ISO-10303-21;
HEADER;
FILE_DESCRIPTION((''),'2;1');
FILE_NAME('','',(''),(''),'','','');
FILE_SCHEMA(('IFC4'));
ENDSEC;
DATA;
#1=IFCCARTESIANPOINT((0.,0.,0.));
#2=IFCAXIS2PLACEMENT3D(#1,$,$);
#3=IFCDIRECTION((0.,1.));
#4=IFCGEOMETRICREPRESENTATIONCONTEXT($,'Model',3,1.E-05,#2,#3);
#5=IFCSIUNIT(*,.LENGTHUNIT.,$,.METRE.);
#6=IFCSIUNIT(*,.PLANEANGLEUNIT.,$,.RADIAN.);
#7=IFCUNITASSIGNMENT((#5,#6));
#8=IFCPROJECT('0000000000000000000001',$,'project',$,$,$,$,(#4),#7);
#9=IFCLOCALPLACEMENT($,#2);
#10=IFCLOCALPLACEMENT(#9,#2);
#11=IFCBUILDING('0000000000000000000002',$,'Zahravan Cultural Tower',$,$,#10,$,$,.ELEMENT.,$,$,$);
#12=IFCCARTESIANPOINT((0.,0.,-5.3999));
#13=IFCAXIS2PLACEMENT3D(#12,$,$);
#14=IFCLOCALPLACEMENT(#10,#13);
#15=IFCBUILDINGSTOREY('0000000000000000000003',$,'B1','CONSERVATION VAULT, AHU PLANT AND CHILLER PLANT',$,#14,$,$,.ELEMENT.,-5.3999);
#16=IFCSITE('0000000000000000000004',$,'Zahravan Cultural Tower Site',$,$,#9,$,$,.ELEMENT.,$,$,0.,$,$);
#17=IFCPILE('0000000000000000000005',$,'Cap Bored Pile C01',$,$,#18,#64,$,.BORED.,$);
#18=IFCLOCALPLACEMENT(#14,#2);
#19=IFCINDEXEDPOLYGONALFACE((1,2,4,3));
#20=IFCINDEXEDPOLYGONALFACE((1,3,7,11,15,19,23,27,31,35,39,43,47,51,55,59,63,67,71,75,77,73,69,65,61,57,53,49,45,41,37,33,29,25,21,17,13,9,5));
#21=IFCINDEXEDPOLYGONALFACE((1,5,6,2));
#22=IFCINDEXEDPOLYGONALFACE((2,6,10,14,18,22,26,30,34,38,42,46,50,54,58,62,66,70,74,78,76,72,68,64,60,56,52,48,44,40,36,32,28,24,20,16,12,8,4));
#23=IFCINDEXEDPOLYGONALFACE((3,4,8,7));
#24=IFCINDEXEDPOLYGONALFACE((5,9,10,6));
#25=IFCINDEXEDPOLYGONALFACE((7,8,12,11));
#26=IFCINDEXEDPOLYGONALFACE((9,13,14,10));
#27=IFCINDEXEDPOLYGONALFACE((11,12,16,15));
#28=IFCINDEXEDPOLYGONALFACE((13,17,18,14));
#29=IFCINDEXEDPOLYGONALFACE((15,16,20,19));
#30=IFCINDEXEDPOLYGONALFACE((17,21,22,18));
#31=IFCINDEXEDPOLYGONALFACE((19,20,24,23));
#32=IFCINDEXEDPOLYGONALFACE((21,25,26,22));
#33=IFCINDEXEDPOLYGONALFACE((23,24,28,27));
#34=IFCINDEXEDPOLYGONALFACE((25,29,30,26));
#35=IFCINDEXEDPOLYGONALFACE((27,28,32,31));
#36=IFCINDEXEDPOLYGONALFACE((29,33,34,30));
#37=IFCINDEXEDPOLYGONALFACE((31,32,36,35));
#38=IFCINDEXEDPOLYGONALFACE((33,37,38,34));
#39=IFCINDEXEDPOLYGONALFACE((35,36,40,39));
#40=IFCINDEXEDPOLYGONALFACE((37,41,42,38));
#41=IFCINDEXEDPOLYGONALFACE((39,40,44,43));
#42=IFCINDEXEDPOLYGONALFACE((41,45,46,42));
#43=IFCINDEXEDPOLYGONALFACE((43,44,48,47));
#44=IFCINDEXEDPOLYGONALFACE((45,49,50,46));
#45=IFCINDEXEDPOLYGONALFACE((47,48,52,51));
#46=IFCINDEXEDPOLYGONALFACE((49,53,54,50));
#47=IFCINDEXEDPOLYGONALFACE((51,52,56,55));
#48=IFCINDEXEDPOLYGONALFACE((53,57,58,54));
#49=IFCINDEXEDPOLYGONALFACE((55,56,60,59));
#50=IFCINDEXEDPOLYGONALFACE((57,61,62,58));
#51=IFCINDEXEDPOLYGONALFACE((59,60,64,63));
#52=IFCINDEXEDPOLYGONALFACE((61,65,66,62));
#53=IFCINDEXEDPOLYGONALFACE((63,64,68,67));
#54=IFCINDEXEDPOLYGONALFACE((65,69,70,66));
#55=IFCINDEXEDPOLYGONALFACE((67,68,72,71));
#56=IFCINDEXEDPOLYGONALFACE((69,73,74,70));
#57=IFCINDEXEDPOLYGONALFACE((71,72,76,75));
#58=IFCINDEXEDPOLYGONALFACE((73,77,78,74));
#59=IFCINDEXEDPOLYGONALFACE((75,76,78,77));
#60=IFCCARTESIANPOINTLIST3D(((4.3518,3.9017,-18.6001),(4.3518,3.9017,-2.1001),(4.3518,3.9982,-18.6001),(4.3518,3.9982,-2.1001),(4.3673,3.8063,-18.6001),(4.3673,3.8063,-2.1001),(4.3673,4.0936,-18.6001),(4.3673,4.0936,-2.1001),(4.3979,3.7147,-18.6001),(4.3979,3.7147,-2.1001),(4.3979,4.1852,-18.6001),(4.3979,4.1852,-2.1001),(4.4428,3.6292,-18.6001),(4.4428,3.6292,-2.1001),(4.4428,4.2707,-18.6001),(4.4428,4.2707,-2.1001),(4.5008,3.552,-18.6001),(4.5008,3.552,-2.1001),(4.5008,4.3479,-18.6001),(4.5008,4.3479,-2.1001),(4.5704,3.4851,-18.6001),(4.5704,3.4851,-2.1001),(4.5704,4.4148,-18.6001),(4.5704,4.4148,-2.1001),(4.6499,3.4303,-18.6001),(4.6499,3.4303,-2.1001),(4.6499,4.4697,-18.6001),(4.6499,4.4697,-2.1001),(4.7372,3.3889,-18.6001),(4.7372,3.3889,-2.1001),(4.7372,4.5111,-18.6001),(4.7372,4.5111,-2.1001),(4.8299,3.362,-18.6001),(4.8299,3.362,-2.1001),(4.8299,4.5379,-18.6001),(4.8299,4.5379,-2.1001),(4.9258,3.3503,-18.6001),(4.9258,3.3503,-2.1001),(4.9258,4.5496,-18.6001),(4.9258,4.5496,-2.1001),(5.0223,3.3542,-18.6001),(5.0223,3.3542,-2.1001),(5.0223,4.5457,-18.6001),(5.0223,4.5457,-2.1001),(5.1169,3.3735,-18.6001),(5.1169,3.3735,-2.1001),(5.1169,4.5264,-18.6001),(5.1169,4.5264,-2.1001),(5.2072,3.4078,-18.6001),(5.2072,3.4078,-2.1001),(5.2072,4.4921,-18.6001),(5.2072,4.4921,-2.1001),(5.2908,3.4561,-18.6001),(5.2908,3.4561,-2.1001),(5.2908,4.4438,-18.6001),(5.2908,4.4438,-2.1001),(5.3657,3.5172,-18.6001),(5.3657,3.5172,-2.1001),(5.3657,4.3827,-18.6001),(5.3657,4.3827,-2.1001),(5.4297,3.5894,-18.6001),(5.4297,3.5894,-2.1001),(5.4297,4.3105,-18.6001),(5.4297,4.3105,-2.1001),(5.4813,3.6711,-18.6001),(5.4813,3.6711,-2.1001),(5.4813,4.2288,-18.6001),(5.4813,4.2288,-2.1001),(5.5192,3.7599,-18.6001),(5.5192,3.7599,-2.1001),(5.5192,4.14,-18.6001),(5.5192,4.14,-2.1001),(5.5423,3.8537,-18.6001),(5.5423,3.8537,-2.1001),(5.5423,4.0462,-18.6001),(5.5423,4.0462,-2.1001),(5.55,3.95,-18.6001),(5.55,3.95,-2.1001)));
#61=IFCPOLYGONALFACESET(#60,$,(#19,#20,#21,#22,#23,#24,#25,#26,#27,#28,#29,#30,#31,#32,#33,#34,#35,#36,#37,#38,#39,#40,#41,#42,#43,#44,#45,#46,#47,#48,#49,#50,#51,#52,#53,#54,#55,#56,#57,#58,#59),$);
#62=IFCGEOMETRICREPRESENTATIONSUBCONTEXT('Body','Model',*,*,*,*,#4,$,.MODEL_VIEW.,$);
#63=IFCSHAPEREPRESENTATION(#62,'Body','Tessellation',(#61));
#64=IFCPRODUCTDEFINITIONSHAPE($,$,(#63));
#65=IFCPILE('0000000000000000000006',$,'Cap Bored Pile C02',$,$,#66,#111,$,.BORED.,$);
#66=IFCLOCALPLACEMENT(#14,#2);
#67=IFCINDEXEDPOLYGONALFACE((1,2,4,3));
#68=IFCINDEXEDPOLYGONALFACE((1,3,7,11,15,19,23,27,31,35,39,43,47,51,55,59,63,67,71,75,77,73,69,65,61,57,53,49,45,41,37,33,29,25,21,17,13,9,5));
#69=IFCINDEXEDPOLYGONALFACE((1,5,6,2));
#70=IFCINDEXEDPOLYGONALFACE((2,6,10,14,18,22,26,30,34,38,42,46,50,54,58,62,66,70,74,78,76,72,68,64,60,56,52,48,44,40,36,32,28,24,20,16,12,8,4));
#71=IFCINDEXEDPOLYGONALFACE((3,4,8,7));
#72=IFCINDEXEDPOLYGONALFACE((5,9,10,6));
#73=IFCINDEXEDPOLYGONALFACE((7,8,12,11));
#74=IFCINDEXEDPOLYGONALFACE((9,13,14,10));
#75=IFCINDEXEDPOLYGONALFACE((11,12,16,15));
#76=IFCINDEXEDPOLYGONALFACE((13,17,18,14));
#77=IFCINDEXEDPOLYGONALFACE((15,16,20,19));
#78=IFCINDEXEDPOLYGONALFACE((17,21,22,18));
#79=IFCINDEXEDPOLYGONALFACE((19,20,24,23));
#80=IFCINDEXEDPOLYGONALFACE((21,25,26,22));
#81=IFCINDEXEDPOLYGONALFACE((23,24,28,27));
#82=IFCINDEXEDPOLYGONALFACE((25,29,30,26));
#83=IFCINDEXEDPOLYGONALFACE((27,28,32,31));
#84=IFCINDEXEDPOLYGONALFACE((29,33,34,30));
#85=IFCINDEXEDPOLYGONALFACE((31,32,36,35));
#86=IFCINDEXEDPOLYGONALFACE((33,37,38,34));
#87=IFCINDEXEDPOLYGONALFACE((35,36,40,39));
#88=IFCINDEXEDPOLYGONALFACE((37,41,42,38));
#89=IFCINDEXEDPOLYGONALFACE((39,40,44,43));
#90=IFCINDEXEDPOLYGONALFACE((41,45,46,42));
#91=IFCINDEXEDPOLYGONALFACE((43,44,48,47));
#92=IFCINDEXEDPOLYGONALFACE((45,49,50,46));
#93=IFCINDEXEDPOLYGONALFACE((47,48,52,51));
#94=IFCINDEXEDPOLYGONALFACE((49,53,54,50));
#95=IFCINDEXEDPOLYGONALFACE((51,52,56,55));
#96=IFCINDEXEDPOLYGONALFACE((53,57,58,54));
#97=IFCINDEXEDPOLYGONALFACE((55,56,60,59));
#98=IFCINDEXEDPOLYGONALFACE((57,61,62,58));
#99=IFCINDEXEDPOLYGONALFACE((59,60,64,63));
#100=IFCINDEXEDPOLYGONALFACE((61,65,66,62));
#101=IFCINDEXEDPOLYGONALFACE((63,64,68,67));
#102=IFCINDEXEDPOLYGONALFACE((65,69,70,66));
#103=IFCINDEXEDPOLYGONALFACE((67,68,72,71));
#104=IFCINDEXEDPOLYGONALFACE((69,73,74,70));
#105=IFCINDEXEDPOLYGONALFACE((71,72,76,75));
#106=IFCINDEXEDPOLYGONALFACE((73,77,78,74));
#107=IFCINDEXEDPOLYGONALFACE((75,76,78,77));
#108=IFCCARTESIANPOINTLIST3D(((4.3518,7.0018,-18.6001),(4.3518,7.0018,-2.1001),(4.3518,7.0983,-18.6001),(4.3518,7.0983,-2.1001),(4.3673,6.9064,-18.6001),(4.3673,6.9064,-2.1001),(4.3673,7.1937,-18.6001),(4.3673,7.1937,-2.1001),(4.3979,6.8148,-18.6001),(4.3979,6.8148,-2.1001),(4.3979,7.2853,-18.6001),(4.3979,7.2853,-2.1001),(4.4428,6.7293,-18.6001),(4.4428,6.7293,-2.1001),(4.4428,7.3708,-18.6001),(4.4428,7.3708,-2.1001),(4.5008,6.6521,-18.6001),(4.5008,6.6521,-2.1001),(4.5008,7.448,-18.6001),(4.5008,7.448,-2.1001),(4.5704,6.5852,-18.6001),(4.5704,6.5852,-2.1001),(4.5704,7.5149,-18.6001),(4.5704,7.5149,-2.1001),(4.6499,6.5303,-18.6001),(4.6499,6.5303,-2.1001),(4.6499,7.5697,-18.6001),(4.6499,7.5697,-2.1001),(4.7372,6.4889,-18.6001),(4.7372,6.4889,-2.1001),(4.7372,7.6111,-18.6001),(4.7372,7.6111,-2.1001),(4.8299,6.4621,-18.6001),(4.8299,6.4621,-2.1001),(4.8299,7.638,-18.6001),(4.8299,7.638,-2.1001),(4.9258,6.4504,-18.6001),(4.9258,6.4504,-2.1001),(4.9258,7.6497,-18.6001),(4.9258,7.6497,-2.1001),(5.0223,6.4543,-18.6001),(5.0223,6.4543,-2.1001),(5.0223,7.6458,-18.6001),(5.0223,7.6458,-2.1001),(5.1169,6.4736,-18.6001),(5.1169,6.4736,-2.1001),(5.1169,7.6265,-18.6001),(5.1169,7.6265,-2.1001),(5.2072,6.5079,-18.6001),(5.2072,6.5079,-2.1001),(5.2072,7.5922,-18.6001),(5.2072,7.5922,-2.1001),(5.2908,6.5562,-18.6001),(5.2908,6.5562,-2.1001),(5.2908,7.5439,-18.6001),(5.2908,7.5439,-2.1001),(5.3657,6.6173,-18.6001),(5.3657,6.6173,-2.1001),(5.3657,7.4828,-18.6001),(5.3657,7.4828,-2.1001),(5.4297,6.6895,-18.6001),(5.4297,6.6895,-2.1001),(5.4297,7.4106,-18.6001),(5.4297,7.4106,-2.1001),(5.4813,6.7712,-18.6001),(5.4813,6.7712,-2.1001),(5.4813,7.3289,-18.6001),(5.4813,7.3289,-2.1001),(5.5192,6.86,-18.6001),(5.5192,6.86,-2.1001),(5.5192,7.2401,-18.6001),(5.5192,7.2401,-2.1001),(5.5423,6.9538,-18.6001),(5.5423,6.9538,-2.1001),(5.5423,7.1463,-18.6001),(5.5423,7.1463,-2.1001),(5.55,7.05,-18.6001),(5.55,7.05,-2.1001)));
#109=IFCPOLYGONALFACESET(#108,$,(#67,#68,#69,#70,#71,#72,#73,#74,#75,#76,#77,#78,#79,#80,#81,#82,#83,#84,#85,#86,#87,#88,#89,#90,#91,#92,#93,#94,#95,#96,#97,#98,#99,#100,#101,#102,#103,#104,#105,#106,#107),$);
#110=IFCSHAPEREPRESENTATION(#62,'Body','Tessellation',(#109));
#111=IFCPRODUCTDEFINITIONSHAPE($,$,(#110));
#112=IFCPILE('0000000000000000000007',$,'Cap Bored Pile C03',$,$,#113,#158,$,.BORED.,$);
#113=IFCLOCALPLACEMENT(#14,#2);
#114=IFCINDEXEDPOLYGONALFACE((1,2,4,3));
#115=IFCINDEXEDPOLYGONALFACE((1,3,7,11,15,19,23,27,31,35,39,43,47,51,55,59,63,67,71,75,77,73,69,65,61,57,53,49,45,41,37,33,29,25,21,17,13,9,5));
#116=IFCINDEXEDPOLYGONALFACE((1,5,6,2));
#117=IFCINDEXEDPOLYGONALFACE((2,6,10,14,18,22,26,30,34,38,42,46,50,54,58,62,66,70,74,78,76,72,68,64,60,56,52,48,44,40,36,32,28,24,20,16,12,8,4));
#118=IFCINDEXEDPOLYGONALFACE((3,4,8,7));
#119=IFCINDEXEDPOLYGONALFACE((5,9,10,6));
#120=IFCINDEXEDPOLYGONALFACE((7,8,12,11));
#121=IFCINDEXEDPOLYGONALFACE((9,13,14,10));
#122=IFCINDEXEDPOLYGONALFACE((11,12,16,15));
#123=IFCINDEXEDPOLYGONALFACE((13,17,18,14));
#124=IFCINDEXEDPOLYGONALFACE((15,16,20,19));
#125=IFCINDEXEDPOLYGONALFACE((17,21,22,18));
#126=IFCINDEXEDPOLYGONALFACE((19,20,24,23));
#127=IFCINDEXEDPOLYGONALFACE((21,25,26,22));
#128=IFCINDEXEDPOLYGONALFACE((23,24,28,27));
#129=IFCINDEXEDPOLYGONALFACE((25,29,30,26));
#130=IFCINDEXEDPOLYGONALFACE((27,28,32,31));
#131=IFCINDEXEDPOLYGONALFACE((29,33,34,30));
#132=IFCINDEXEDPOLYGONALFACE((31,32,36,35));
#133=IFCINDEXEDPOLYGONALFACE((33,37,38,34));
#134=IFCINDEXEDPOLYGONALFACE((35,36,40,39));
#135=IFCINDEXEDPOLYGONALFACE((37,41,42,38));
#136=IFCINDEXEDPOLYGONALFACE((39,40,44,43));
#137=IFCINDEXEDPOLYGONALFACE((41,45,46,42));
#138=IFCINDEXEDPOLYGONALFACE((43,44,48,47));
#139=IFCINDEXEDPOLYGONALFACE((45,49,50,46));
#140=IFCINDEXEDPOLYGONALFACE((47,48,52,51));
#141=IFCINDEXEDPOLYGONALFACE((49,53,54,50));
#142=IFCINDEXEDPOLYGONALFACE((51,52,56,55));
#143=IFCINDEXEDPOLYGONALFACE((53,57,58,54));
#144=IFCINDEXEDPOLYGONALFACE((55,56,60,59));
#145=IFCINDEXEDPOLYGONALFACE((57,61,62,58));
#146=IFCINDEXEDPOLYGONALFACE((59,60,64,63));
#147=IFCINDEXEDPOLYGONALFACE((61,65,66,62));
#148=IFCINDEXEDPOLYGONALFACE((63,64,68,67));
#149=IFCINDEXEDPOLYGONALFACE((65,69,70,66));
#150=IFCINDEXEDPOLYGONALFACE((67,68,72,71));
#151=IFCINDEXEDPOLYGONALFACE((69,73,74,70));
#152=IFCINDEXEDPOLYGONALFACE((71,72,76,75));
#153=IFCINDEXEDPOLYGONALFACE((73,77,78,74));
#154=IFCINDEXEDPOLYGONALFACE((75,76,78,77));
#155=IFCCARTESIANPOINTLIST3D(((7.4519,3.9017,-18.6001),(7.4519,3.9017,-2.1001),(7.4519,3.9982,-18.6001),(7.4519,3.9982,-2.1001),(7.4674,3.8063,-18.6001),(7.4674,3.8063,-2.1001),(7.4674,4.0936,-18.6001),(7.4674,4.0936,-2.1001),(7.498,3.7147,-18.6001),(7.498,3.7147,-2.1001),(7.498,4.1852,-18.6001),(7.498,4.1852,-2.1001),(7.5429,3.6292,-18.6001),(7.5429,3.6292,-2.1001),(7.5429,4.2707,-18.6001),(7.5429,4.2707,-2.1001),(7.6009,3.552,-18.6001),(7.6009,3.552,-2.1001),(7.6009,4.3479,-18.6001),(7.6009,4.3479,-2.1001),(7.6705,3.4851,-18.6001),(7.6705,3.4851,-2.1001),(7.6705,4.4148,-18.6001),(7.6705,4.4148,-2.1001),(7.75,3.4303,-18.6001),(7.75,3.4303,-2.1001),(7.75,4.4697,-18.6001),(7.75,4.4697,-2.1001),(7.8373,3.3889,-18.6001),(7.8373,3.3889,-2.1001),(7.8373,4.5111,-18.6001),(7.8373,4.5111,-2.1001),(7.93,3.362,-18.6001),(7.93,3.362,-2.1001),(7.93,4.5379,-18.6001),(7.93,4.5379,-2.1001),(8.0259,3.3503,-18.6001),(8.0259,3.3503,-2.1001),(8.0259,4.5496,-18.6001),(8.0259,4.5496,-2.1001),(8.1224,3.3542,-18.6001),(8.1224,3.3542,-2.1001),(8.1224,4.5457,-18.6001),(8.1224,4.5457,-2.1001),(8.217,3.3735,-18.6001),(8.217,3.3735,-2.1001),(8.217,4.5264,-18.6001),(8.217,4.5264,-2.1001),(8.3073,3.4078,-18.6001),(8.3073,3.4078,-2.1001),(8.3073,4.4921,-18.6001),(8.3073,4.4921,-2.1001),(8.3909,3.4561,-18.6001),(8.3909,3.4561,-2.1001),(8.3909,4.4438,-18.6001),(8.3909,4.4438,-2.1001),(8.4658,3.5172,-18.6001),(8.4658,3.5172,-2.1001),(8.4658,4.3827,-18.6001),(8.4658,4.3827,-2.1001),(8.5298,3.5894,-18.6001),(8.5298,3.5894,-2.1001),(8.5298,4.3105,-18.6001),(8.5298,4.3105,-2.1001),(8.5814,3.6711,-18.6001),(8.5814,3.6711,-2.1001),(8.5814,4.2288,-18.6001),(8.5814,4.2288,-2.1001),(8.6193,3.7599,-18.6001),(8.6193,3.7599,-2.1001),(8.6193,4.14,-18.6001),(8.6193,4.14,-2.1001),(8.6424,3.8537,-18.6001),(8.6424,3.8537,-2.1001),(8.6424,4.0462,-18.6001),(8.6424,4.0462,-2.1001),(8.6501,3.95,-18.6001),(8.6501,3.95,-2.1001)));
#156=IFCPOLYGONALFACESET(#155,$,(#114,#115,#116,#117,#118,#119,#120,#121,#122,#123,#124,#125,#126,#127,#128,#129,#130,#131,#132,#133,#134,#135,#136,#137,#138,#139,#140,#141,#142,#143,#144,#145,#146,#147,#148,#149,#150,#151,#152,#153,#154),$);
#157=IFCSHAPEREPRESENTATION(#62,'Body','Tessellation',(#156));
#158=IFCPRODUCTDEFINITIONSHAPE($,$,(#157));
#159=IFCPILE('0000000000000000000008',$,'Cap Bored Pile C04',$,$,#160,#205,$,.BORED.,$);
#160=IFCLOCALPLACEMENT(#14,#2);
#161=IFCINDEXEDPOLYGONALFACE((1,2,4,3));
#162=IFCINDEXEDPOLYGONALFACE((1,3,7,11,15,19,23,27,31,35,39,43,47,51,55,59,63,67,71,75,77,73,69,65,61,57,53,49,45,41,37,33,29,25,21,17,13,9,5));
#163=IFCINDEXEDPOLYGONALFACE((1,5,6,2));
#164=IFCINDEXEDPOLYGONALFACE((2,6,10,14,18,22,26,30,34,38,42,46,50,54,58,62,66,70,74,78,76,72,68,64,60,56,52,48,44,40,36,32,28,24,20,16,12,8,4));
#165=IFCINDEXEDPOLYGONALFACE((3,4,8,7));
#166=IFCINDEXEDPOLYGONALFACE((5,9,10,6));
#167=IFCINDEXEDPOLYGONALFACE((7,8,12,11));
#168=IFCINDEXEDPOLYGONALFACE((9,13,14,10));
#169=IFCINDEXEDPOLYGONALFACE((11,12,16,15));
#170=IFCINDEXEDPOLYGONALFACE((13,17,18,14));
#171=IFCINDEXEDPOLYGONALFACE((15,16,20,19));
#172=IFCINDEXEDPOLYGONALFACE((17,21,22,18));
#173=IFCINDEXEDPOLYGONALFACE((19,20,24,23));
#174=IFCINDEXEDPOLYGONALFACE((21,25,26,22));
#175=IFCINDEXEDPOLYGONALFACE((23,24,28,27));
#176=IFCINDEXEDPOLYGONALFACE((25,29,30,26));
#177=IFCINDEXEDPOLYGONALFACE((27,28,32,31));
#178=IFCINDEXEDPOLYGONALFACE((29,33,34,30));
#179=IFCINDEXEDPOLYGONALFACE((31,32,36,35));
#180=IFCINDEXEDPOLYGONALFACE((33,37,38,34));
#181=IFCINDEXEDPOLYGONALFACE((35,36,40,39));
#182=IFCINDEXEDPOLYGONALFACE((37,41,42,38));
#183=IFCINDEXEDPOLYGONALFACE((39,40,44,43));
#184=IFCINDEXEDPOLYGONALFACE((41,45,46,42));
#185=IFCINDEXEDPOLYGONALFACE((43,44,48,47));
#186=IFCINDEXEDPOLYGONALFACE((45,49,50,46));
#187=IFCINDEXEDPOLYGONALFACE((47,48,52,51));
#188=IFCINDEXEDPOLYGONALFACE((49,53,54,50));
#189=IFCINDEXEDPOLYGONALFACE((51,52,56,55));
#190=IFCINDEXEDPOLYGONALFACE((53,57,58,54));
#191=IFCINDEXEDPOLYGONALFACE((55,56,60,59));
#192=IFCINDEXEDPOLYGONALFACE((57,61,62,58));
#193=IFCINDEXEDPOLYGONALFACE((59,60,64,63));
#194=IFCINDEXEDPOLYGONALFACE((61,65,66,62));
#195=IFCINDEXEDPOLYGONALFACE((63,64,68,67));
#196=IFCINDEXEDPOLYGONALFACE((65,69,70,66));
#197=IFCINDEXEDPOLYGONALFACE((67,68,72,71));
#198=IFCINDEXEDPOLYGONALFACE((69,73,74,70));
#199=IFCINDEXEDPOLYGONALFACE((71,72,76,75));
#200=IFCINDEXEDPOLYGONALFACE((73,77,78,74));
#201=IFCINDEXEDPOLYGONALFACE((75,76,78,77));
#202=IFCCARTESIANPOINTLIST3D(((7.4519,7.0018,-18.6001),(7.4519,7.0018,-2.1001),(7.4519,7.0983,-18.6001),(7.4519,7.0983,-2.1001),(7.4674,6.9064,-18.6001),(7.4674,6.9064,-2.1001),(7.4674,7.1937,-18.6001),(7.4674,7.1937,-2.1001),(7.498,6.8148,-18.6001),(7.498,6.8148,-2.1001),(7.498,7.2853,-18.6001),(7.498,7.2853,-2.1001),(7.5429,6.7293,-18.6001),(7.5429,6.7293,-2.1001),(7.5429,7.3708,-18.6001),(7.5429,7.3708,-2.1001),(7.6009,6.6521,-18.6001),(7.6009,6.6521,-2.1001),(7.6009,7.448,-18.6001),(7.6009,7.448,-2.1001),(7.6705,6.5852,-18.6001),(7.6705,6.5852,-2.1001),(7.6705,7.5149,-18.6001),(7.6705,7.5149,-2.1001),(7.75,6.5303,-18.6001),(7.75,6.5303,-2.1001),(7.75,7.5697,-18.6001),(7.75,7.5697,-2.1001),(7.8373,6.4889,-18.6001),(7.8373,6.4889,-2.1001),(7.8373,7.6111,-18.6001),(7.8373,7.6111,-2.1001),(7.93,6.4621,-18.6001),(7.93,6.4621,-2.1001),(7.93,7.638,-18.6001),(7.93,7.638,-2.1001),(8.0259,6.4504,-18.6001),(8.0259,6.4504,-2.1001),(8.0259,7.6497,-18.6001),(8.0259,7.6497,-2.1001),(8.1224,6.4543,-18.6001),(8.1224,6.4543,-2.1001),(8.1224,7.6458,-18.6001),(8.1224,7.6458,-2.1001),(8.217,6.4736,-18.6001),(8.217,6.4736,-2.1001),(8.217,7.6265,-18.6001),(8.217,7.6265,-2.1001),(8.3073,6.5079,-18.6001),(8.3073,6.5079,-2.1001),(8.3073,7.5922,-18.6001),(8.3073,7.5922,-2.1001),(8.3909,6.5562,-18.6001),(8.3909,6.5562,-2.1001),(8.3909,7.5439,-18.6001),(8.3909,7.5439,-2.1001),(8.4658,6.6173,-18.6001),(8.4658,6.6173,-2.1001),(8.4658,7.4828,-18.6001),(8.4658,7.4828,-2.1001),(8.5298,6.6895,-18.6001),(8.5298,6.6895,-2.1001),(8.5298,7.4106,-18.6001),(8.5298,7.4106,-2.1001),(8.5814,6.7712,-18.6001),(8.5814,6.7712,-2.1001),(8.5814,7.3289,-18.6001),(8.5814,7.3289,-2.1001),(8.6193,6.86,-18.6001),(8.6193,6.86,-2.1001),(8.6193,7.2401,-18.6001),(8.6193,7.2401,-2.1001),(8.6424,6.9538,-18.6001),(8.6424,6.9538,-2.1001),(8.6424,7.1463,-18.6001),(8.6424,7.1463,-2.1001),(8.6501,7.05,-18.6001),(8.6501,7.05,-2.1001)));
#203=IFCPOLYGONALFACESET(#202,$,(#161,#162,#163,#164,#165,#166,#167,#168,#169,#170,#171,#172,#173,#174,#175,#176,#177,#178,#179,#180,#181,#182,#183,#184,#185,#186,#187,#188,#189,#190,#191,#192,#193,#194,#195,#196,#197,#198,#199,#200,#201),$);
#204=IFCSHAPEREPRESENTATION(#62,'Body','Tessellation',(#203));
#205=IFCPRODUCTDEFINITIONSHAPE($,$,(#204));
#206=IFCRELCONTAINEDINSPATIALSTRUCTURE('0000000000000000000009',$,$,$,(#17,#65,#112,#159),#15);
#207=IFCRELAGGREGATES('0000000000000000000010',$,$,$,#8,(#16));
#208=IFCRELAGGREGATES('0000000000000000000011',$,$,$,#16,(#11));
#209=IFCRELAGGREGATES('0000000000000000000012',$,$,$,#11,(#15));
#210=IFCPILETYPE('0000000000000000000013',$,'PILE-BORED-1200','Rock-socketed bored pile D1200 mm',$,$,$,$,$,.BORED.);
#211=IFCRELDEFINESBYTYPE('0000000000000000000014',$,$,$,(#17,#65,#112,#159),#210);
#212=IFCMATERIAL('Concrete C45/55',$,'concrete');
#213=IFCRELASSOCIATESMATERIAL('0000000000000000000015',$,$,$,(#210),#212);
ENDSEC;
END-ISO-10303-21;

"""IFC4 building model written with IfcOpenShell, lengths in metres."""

from ifc_helpers import new_model, si_unit, direction, frame, origin, origin_2d, place, context, subcontext, project, spatial, circle, extrude, material, material_profile, profile_set, type_object, element, save


model = new_model("IFC4")

# Units and contexts
model_context = context("Model", 3, precision=1e-05, world=origin(), true_north=direction((0.0, 1.0)))
body_context = subcontext(model_context, "Body", "Model", "MODEL_VIEW")
ifc_project = project(units=[si_unit("LENGTHUNIT", "METRE"), si_unit("PLANEANGLEUNIT", "RADIAN")], contexts=[model_context])

# Site, building, storey
site_placement = place(None, origin())
site = spatial("IfcSite", under=ifc_project, at=site_placement, Name="Zahravan Cultural Tower Site", CompositionType="ELEMENT", RefElevation=0.0)
building_placement = place(site_placement, origin())
building = spatial("IfcBuilding", under=site, at=building_placement, Name="Zahravan Cultural Tower", CompositionType="ELEMENT")
storey_placement = place(building_placement, frame((0.0, 0.0, -5.3999)))
storey = spatial("IfcBuildingStorey", under=building, at=storey_placement, Name="B1", Description="CONSERVATION VAULT, AHU PLANT AND CHILLER PLANT", CompositionType="ELEMENT", Elevation=-5.3999)

# Piles
ifc_material_1 = material(Name="Concrete C45/55", Category="concrete")
ifc_material_profile_1 = material_profile(ifc_material_1, circle(Radius=0.6001, at=origin_2d()), Name="PILE-D1200")
ifc_profile_set_1 = profile_set([ifc_material_profile_1], Name="Concrete C45/55")
pile_type_1 = type_object("IfcPileType", Name="PILE-BORED-1200", Description="Rock-socketed bored pile D1200 mm", PredefinedType="BORED", material=ifc_profile_set_1)
for number, where, z_axis, x_axis, name in (
    (1, (4.95, 3.95, -2.1001), (0.0, 0.0, -1.0), (1.0, 0.0, 0.0), "Cap Bored Pile C01"),
    (2, (4.95, 7.05, -2.1001), (0.0, 0.0, -1.0), (1.0, 0.0, 0.0), "Cap Bored Pile C02"),
    (3, (8.05, 3.95, -2.1001), (0.0, 0.0, -1.0), (1.0, 0.0, 0.0), "Cap Bored Pile C03"),
    (4, (8.05, 7.05, -2.1001), (0.0, 0.0, -1.0), (1.0, 0.0, 0.0), "Cap Bored Pile C04"),
):
    element("IfcPile", number, at=place(storey_placement, frame(where, z_axis=z_axis, x_axis=x_axis)), inside=storey, type_object=pile_type_1, Name=name, PredefinedType="BORED", context=body_context, shape_type="SweptSolid", body=[
        extrude(circle(Radius=0.6001, at=origin_2d()), origin(), (0.0, 0.0, 1.0), 16.5),
    ])

save(model, "model.ifc")
